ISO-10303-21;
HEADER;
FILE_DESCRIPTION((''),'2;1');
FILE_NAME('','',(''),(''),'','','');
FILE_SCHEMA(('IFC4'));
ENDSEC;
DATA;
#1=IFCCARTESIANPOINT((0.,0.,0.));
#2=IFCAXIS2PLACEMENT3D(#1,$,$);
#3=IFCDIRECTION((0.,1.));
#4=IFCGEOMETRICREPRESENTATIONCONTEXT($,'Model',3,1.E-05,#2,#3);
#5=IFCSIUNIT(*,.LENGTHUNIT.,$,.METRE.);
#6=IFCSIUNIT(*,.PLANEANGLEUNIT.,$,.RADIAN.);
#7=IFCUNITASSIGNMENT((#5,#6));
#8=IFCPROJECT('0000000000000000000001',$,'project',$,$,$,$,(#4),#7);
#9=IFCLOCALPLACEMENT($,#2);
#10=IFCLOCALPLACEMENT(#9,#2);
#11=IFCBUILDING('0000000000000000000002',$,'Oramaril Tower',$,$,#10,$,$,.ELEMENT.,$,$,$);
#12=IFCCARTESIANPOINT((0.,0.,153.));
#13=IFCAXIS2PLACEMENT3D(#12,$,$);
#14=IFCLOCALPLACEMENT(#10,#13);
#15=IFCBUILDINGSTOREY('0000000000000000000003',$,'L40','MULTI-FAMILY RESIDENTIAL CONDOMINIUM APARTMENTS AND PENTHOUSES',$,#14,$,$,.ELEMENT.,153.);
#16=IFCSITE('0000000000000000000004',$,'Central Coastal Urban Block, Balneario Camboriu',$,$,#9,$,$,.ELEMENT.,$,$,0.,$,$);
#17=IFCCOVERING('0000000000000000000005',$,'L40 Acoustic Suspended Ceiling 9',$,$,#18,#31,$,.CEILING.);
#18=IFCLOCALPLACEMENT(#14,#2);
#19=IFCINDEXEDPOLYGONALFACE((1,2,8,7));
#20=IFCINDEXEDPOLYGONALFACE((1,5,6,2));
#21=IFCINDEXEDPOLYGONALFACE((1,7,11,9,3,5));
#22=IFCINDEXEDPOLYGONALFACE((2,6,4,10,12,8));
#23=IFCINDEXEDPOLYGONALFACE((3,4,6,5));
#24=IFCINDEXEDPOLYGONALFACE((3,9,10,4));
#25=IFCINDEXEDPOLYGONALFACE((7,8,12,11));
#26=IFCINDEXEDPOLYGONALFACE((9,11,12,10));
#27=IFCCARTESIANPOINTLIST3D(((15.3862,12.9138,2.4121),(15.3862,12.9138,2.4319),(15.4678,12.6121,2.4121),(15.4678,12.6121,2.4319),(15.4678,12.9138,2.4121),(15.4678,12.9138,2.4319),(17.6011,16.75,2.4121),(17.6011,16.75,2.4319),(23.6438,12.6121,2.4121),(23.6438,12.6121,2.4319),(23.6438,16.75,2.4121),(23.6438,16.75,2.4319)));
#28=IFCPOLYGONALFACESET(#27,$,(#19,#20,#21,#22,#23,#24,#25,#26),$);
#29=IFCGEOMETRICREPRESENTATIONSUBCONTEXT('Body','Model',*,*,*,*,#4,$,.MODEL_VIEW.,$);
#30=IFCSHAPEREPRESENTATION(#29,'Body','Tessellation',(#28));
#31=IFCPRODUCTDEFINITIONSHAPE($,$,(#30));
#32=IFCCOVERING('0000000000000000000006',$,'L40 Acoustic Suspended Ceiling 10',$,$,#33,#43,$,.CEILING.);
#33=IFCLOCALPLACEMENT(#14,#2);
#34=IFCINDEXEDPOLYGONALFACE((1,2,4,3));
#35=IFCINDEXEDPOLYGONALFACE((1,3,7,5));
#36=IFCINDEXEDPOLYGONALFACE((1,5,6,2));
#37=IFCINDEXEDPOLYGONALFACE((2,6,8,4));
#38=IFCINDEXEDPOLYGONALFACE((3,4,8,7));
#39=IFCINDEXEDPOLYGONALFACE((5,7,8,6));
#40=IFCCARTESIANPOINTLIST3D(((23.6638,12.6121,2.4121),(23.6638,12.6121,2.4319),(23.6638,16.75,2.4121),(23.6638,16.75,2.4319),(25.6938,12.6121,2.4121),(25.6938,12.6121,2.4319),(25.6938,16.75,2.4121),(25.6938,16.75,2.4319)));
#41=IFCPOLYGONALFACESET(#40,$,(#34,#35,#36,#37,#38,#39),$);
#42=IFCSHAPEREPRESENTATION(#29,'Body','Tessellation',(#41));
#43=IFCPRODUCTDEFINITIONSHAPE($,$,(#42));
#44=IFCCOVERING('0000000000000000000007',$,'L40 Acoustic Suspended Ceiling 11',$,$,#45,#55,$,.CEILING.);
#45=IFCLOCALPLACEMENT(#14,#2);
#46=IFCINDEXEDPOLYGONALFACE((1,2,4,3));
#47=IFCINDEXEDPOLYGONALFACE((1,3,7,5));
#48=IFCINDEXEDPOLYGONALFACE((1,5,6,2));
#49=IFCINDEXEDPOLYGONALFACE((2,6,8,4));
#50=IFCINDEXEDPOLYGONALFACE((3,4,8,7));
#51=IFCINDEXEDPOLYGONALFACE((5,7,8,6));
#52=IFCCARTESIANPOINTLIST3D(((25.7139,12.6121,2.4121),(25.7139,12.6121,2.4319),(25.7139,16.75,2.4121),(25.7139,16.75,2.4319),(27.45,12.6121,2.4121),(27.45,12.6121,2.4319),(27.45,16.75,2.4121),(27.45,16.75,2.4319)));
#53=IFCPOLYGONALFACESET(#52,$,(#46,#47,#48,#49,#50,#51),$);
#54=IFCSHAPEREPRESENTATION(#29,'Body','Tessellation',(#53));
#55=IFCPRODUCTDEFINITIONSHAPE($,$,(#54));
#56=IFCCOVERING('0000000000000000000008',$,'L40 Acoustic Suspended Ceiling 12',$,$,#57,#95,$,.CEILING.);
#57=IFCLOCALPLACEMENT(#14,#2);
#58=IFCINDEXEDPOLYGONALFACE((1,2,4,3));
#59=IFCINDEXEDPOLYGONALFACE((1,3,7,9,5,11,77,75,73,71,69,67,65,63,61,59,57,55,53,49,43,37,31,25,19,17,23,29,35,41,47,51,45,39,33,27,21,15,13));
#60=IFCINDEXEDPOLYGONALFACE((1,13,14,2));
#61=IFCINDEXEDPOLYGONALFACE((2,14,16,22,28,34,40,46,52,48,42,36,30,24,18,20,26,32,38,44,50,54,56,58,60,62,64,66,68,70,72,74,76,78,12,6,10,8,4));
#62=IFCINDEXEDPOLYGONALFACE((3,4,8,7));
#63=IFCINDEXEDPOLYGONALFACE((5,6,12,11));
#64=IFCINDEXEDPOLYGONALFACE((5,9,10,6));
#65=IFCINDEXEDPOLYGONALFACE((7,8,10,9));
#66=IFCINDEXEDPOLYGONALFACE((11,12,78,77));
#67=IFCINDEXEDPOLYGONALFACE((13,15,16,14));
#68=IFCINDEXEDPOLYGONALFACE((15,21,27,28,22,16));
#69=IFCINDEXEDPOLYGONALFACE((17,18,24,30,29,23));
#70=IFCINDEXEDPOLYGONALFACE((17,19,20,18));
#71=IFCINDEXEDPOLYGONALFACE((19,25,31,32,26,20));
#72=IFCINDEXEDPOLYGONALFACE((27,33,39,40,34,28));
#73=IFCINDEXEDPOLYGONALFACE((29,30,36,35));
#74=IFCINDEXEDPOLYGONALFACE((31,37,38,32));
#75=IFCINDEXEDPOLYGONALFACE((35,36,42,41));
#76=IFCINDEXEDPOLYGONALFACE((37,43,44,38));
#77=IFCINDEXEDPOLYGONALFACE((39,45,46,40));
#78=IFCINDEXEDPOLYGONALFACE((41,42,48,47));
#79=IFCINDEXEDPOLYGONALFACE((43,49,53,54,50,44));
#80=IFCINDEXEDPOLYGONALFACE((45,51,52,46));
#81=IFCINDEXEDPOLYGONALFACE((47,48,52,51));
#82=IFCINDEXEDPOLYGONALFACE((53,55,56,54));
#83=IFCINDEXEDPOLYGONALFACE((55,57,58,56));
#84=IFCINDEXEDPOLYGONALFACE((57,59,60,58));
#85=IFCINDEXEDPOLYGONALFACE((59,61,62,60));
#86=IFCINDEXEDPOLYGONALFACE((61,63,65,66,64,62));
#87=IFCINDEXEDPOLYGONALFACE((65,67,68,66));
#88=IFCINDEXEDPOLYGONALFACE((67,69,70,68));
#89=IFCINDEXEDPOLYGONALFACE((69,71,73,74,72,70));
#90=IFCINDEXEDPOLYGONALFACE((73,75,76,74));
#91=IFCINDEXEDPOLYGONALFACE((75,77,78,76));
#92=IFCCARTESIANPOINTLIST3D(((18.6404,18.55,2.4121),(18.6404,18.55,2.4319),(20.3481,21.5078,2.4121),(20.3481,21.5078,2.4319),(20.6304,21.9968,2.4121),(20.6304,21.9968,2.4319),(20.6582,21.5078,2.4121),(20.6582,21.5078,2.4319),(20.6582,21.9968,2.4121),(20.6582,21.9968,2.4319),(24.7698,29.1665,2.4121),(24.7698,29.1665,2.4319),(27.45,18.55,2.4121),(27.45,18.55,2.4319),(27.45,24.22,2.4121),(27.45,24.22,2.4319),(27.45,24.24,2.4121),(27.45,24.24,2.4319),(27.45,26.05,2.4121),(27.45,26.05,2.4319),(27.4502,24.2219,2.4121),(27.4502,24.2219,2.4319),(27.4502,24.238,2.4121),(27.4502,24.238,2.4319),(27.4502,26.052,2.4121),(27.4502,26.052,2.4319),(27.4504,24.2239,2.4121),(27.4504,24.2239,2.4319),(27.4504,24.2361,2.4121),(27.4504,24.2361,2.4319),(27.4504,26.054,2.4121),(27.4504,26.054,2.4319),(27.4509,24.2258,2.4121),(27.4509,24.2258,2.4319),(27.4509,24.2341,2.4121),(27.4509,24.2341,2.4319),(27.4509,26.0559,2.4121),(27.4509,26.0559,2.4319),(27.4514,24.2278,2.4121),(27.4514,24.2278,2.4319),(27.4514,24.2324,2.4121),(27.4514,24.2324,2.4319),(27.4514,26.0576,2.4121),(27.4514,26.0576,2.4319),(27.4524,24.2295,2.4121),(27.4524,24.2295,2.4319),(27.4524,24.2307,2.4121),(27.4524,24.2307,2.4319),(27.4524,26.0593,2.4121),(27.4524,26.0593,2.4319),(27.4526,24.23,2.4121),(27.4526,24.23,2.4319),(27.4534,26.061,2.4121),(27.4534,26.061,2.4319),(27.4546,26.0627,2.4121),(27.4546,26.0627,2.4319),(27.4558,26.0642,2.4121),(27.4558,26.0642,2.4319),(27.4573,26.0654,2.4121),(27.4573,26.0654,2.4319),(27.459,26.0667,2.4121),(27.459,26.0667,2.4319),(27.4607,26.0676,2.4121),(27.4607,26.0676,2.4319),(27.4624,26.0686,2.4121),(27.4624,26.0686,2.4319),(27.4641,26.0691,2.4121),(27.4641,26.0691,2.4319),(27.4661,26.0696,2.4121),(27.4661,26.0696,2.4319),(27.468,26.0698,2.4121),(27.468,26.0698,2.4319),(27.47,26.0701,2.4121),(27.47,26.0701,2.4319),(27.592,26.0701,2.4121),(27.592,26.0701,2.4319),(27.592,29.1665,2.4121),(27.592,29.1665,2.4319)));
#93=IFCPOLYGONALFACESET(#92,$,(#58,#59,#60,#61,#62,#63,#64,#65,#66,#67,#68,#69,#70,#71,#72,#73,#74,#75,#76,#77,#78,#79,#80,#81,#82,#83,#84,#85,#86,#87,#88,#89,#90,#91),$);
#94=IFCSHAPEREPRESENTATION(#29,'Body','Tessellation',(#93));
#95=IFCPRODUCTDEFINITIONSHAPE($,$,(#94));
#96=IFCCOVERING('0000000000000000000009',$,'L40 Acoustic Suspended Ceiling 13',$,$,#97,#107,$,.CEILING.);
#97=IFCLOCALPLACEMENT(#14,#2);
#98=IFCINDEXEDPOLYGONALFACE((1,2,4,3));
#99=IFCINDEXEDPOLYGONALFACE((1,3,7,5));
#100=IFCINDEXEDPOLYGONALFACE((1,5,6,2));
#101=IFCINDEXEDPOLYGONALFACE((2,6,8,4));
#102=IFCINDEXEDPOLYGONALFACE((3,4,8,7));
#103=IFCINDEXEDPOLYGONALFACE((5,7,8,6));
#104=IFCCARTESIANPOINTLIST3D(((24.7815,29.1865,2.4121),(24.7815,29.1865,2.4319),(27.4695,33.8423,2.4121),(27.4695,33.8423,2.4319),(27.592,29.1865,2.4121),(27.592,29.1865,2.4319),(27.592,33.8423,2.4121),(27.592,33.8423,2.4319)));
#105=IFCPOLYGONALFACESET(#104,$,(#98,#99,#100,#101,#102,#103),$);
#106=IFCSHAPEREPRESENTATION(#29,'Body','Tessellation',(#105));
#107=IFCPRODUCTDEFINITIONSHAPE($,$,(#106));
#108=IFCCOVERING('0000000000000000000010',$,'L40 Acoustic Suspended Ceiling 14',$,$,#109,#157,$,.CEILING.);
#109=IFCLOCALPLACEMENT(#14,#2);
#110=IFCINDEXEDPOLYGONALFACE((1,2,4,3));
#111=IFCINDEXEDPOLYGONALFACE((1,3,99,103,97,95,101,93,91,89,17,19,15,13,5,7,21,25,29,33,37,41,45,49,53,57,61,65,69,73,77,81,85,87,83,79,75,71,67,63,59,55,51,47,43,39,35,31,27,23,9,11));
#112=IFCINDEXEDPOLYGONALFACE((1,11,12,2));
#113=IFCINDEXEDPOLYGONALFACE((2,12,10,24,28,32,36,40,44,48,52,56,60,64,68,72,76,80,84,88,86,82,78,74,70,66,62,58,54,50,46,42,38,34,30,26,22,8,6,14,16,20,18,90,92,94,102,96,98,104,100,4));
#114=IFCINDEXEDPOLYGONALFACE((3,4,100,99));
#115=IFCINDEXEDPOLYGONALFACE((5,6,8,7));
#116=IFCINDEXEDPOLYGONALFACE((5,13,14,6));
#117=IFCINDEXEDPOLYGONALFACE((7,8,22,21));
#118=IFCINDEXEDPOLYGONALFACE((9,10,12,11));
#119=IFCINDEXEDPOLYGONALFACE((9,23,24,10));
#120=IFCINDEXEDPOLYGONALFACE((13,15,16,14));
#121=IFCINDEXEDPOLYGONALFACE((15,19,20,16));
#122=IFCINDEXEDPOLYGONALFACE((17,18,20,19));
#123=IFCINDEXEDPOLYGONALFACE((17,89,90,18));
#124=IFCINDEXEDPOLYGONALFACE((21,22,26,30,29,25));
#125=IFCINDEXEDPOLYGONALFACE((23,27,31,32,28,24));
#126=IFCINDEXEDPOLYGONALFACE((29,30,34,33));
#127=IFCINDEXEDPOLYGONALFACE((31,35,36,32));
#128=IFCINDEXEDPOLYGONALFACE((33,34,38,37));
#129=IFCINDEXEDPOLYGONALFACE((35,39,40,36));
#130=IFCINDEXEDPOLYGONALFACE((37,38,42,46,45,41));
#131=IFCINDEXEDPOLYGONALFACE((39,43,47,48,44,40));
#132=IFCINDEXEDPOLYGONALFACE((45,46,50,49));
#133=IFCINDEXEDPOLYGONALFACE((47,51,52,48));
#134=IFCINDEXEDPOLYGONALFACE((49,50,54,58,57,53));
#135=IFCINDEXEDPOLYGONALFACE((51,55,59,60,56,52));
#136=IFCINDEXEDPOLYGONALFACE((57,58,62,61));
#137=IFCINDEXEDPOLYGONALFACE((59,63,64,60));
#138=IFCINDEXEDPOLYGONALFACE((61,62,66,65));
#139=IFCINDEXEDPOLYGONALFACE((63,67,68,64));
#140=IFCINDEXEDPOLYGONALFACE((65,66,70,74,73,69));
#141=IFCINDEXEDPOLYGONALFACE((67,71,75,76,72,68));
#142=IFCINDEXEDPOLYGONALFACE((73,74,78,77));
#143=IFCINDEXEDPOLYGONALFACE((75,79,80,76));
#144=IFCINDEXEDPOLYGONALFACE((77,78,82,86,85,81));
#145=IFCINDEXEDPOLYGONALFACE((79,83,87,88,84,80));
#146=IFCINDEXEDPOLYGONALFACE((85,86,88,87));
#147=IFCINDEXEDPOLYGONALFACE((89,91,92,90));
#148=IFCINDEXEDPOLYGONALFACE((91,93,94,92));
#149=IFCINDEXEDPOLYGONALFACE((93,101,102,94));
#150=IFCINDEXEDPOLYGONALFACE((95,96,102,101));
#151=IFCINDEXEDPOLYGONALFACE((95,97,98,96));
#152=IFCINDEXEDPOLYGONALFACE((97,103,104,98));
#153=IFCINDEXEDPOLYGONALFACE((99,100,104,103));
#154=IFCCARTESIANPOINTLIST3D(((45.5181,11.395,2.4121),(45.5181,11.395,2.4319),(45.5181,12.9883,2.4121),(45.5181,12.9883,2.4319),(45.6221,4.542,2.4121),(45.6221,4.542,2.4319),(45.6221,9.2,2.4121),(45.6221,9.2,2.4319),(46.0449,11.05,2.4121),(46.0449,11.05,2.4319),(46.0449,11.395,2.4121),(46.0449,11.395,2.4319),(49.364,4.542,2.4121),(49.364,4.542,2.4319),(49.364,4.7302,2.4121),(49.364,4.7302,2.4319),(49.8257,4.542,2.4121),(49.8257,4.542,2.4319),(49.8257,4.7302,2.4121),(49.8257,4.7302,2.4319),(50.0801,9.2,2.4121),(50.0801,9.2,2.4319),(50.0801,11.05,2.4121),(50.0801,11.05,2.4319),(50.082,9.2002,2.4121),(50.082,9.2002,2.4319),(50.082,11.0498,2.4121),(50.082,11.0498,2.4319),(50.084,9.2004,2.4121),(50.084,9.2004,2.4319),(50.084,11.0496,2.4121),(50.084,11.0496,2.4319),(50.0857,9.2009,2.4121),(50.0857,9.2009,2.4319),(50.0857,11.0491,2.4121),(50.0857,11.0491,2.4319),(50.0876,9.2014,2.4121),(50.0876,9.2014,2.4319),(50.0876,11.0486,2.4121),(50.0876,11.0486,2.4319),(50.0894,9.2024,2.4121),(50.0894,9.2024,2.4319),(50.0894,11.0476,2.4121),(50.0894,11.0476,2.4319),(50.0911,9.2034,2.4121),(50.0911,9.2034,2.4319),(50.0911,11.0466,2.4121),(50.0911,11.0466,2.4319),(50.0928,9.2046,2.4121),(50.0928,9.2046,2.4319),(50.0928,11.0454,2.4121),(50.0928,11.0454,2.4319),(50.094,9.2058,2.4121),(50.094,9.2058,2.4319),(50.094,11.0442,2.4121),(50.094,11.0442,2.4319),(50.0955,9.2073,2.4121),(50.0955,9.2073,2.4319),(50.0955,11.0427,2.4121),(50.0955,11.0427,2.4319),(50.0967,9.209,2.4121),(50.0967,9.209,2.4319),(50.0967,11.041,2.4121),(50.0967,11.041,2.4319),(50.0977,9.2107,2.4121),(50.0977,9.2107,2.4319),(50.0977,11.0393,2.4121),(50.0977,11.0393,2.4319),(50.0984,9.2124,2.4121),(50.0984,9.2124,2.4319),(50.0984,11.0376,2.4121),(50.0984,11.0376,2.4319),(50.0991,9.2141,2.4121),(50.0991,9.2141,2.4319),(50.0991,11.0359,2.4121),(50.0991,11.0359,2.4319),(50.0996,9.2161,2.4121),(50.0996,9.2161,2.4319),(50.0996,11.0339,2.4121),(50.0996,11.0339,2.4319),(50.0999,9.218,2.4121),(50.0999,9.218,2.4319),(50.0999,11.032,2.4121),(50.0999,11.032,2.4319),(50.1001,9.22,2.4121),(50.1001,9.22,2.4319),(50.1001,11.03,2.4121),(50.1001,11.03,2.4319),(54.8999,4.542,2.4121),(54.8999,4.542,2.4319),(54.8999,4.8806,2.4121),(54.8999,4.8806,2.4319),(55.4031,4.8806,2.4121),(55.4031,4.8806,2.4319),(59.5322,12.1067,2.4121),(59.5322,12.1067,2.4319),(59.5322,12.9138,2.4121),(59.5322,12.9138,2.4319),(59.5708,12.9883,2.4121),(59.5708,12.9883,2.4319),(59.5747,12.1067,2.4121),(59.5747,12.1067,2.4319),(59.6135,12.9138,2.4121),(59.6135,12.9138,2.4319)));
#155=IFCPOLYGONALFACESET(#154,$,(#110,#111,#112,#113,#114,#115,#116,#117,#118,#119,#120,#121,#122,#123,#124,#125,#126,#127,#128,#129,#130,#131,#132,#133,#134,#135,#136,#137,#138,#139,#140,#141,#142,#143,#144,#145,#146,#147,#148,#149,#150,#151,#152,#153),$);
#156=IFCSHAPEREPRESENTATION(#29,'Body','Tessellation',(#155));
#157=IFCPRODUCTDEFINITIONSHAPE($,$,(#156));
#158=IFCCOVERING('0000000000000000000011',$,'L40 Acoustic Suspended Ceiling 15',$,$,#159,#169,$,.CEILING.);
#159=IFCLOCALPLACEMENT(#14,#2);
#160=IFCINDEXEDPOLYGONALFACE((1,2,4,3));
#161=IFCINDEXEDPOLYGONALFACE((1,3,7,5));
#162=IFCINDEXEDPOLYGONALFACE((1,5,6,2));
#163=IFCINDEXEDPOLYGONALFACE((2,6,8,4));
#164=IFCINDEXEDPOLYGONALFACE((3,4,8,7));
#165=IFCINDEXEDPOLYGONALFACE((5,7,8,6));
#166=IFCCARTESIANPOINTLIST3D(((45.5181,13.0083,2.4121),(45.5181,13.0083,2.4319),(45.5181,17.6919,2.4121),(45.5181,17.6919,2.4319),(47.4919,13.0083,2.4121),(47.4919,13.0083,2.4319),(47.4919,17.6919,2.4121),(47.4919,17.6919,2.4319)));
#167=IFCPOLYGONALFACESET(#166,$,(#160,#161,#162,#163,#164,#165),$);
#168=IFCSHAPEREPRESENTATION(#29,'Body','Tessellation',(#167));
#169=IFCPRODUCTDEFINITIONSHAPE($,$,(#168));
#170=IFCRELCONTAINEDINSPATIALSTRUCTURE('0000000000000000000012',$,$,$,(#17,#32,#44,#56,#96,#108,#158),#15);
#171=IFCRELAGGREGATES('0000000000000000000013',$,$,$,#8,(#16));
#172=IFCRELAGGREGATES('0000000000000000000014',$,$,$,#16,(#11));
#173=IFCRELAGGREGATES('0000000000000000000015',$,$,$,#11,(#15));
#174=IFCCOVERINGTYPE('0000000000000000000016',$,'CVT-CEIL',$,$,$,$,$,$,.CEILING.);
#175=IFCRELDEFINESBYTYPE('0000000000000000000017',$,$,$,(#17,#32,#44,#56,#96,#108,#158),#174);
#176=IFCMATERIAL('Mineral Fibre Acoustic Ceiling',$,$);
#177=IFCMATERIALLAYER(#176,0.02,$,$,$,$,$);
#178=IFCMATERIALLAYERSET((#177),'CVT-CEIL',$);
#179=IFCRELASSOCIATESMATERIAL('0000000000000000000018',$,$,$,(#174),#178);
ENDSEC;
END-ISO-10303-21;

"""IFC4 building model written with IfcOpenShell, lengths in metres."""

from ifc_helpers import new_model, si_unit, direction, frame, origin, place, context, subcontext, project, spatial, polyline, outline, extrude, material, layer, layer_set, type_object, element, save


model = new_model("IFC4")

# Units and contexts
model_context = context("Model", 3, precision=1e-05, world=origin(), true_north=direction((0.0, 1.0)))
body_context = subcontext(model_context, "Body", "Model", "MODEL_VIEW")
ifc_project = project(units=[si_unit("LENGTHUNIT", "METRE"), si_unit("PLANEANGLEUNIT", "RADIAN")], contexts=[model_context])

# Site, building, storey
site_placement = place(None, origin())
site = spatial("IfcSite", under=ifc_project, at=site_placement, Name="Central Coastal Urban Block, Balneario Camboriu", CompositionType="ELEMENT", RefElevation=0.0)
building_placement = place(site_placement, origin())
building = spatial("IfcBuilding", under=site, at=building_placement, Name="Oramaril Tower", CompositionType="ELEMENT")
storey_placement = place(building_placement, frame((0.0, 0.0, 153.0)))
storey = spatial("IfcBuildingStorey", under=building, at=storey_placement, Name="L40", Description="MULTI-FAMILY RESIDENTIAL CONDOMINIUM APARTMENTS AND PENTHOUSES", CompositionType="ELEMENT", Elevation=153.0)

# Coverings
ifc_material_1 = material(Name="Mineral Fibre Acoustic Ceiling")
ifc_layer_1 = layer(ifc_material_1, 0.02)
ifc_layer_set_1 = layer_set([ifc_layer_1], Name="CVT-CEIL")
covering_type_1 = type_object("IfcCoveringType", Name="CVT-CEIL", PredefinedType="CEILING", material=ifc_layer_set_1)
covering_1_placement = place(storey_placement, frame((0.0, 0.0, 2.4121)))
element("IfcCovering", 1, at=covering_1_placement, inside=storey, type_object=covering_type_1, Name="L40 Acoustic Suspended Ceiling 9", PredefinedType="CEILING", context=body_context, shape_type="SweptSolid", body=[
    extrude(outline(polyline([(15.4678, 12.9138), (15.3862, 12.9138), (17.6011, 16.75), (23.6438, 16.75), (23.6438, 12.6121), (15.4678, 12.6121), (15.4678, 12.9138)])), origin(), (0.0, 0.0, 1.0), 0.0198),
])
covering_2_placement = place(storey_placement, frame((0.0, 0.0, 2.4121)))
element("IfcCovering", 2, at=covering_2_placement, inside=storey, type_object=covering_type_1, Name="L40 Acoustic Suspended Ceiling 10", PredefinedType="CEILING", context=body_context, shape_type="SweptSolid", body=[
    extrude(outline(polyline([(25.6938, 12.6121), (23.6638, 12.6121), (23.6638, 16.75), (25.6938, 16.75), (25.6938, 12.6121)])), origin(), (0.0, 0.0, 1.0), 0.0198),
])
covering_3_placement = place(storey_placement, frame((0.0, 0.0, 2.4121)))
element("IfcCovering", 3, at=covering_3_placement, inside=storey, type_object=covering_type_1, Name="L40 Acoustic Suspended Ceiling 11", PredefinedType="CEILING", context=body_context, shape_type="SweptSolid", body=[
    extrude(outline(polyline([(25.7139, 16.75), (27.45, 16.75), (27.45, 12.6121), (25.7139, 12.6121), (25.7139, 16.75)])), origin(), (0.0, 0.0, 1.0), 0.0198),
])
covering_4_placement = place(storey_placement, frame((0.0, 0.0, 2.4121)))
element("IfcCovering", 4, at=covering_4_placement, inside=storey, type_object=covering_type_1, Name="L40 Acoustic Suspended Ceiling 12", PredefinedType="CEILING", context=body_context, shape_type="SweptSolid", body=[
    extrude(outline(polyline([(27.592, 26.0701), (27.47, 26.0701), (27.468, 26.0698), (27.4661, 26.0696), (27.4641, 26.0691), (27.4624, 26.0686), (27.4607, 26.0676), (27.459, 26.0667), (27.4573, 26.0654), (27.4558, 26.0642), (27.4546, 26.0627), (27.4534, 26.061), (27.4524, 26.0593), (27.4514, 26.0576), (27.4509, 26.0559), (27.4504, 26.054), (27.4502, 26.052), (27.45, 26.05), (27.45, 24.24), (27.4502, 24.238), (27.4504, 24.2361), (27.4509, 24.2341), (27.4514, 24.2324), (27.4524, 24.2307), (27.4526, 24.23), (27.4524, 24.2295), (27.4514, 24.2278), (27.4509, 24.2258), (27.4504, 24.2239), (27.4502, 24.2219), (27.45, 24.22), (27.45, 18.55), (18.6404, 18.55), (20.3481, 21.5078), (20.6582, 21.5078), (20.6582, 21.9968), (20.6304, 21.9968), (24.7698, 29.1665), (27.592, 29.1665), (27.592, 26.0701)])), origin(), (0.0, 0.0, 1.0), 0.0198),
])
covering_5_placement = place(storey_placement, frame((0.0, 0.0, 2.4121)))
element("IfcCovering", 5, at=covering_5_placement, inside=storey, type_object=covering_type_1, Name="L40 Acoustic Suspended Ceiling 13", PredefinedType="CEILING", context=body_context, shape_type="SweptSolid", body=[
    extrude(outline(polyline([(27.4695, 33.8423), (27.592, 33.8423), (27.592, 29.1865), (24.7815, 29.1865), (27.4695, 33.8423)])), origin(), (0.0, 0.0, 1.0), 0.0198),
])
covering_6_placement = place(storey_placement, frame((0.0, 0.0, 2.4121)))
element("IfcCovering", 6, at=covering_6_placement, inside=storey, type_object=covering_type_1, Name="L40 Acoustic Suspended Ceiling 14", PredefinedType="CEILING", context=body_context, shape_type="SweptSolid", body=[
    extrude(outline(polyline([(46.0449, 11.395), (45.5181, 11.395), (45.5181, 12.9883), (59.5708, 12.9883), (59.6135, 12.9138), (59.5322, 12.9138), (59.5322, 12.1067), (59.5747, 12.1067), (55.4031, 4.8806), (54.8999, 4.8806), (54.8999, 4.542), (49.8257, 4.542), (49.8257, 4.7302), (49.364, 4.7302), (49.364, 4.542), (45.6221, 4.542), (45.6221, 9.2), (50.0801, 9.2), (50.082, 9.2002), (50.084, 9.2004), (50.0857, 9.2009), (50.0876, 9.2014), (50.0894, 9.2024), (50.0911, 9.2034), (50.0928, 9.2046), (50.094, 9.2058), (50.0955, 9.2073), (50.0967, 9.209), (50.0977, 9.2107), (50.0984, 9.2124), (50.0991, 9.2141), (50.0996, 9.2161), (50.0999, 9.218), (50.1001, 9.22), (50.1001, 11.03), (50.0999, 11.032), (50.0996, 11.0339), (50.0991, 11.0359), (50.0984, 11.0376), (50.0977, 11.0393), (50.0967, 11.041), (50.0955, 11.0427), (50.094, 11.0442), (50.0928, 11.0454), (50.0911, 11.0466), (50.0894, 11.0476), (50.0876, 11.0486), (50.0857, 11.0491), (50.084, 11.0496), (50.082, 11.0498), (50.0801, 11.05), (46.0449, 11.05), (46.0449, 11.395)])), origin(), (0.0, 0.0, 1.0), 0.0198),
])
covering_7_placement = place(storey_placement, frame((0.0, 0.0, 2.4121)))
element("IfcCovering", 7, at=covering_7_placement, inside=storey, type_object=covering_type_1, Name="L40 Acoustic Suspended Ceiling 15", PredefinedType="CEILING", context=body_context, shape_type="SweptSolid", body=[
    extrude(outline(polyline([(45.5181, 17.6919), (47.4919, 17.6919), (47.4919, 13.0083), (45.5181, 13.0083), (45.5181, 17.6919)])), origin(), (0.0, 0.0, 1.0), 0.0198),
])

save(model, "model.ifc")
